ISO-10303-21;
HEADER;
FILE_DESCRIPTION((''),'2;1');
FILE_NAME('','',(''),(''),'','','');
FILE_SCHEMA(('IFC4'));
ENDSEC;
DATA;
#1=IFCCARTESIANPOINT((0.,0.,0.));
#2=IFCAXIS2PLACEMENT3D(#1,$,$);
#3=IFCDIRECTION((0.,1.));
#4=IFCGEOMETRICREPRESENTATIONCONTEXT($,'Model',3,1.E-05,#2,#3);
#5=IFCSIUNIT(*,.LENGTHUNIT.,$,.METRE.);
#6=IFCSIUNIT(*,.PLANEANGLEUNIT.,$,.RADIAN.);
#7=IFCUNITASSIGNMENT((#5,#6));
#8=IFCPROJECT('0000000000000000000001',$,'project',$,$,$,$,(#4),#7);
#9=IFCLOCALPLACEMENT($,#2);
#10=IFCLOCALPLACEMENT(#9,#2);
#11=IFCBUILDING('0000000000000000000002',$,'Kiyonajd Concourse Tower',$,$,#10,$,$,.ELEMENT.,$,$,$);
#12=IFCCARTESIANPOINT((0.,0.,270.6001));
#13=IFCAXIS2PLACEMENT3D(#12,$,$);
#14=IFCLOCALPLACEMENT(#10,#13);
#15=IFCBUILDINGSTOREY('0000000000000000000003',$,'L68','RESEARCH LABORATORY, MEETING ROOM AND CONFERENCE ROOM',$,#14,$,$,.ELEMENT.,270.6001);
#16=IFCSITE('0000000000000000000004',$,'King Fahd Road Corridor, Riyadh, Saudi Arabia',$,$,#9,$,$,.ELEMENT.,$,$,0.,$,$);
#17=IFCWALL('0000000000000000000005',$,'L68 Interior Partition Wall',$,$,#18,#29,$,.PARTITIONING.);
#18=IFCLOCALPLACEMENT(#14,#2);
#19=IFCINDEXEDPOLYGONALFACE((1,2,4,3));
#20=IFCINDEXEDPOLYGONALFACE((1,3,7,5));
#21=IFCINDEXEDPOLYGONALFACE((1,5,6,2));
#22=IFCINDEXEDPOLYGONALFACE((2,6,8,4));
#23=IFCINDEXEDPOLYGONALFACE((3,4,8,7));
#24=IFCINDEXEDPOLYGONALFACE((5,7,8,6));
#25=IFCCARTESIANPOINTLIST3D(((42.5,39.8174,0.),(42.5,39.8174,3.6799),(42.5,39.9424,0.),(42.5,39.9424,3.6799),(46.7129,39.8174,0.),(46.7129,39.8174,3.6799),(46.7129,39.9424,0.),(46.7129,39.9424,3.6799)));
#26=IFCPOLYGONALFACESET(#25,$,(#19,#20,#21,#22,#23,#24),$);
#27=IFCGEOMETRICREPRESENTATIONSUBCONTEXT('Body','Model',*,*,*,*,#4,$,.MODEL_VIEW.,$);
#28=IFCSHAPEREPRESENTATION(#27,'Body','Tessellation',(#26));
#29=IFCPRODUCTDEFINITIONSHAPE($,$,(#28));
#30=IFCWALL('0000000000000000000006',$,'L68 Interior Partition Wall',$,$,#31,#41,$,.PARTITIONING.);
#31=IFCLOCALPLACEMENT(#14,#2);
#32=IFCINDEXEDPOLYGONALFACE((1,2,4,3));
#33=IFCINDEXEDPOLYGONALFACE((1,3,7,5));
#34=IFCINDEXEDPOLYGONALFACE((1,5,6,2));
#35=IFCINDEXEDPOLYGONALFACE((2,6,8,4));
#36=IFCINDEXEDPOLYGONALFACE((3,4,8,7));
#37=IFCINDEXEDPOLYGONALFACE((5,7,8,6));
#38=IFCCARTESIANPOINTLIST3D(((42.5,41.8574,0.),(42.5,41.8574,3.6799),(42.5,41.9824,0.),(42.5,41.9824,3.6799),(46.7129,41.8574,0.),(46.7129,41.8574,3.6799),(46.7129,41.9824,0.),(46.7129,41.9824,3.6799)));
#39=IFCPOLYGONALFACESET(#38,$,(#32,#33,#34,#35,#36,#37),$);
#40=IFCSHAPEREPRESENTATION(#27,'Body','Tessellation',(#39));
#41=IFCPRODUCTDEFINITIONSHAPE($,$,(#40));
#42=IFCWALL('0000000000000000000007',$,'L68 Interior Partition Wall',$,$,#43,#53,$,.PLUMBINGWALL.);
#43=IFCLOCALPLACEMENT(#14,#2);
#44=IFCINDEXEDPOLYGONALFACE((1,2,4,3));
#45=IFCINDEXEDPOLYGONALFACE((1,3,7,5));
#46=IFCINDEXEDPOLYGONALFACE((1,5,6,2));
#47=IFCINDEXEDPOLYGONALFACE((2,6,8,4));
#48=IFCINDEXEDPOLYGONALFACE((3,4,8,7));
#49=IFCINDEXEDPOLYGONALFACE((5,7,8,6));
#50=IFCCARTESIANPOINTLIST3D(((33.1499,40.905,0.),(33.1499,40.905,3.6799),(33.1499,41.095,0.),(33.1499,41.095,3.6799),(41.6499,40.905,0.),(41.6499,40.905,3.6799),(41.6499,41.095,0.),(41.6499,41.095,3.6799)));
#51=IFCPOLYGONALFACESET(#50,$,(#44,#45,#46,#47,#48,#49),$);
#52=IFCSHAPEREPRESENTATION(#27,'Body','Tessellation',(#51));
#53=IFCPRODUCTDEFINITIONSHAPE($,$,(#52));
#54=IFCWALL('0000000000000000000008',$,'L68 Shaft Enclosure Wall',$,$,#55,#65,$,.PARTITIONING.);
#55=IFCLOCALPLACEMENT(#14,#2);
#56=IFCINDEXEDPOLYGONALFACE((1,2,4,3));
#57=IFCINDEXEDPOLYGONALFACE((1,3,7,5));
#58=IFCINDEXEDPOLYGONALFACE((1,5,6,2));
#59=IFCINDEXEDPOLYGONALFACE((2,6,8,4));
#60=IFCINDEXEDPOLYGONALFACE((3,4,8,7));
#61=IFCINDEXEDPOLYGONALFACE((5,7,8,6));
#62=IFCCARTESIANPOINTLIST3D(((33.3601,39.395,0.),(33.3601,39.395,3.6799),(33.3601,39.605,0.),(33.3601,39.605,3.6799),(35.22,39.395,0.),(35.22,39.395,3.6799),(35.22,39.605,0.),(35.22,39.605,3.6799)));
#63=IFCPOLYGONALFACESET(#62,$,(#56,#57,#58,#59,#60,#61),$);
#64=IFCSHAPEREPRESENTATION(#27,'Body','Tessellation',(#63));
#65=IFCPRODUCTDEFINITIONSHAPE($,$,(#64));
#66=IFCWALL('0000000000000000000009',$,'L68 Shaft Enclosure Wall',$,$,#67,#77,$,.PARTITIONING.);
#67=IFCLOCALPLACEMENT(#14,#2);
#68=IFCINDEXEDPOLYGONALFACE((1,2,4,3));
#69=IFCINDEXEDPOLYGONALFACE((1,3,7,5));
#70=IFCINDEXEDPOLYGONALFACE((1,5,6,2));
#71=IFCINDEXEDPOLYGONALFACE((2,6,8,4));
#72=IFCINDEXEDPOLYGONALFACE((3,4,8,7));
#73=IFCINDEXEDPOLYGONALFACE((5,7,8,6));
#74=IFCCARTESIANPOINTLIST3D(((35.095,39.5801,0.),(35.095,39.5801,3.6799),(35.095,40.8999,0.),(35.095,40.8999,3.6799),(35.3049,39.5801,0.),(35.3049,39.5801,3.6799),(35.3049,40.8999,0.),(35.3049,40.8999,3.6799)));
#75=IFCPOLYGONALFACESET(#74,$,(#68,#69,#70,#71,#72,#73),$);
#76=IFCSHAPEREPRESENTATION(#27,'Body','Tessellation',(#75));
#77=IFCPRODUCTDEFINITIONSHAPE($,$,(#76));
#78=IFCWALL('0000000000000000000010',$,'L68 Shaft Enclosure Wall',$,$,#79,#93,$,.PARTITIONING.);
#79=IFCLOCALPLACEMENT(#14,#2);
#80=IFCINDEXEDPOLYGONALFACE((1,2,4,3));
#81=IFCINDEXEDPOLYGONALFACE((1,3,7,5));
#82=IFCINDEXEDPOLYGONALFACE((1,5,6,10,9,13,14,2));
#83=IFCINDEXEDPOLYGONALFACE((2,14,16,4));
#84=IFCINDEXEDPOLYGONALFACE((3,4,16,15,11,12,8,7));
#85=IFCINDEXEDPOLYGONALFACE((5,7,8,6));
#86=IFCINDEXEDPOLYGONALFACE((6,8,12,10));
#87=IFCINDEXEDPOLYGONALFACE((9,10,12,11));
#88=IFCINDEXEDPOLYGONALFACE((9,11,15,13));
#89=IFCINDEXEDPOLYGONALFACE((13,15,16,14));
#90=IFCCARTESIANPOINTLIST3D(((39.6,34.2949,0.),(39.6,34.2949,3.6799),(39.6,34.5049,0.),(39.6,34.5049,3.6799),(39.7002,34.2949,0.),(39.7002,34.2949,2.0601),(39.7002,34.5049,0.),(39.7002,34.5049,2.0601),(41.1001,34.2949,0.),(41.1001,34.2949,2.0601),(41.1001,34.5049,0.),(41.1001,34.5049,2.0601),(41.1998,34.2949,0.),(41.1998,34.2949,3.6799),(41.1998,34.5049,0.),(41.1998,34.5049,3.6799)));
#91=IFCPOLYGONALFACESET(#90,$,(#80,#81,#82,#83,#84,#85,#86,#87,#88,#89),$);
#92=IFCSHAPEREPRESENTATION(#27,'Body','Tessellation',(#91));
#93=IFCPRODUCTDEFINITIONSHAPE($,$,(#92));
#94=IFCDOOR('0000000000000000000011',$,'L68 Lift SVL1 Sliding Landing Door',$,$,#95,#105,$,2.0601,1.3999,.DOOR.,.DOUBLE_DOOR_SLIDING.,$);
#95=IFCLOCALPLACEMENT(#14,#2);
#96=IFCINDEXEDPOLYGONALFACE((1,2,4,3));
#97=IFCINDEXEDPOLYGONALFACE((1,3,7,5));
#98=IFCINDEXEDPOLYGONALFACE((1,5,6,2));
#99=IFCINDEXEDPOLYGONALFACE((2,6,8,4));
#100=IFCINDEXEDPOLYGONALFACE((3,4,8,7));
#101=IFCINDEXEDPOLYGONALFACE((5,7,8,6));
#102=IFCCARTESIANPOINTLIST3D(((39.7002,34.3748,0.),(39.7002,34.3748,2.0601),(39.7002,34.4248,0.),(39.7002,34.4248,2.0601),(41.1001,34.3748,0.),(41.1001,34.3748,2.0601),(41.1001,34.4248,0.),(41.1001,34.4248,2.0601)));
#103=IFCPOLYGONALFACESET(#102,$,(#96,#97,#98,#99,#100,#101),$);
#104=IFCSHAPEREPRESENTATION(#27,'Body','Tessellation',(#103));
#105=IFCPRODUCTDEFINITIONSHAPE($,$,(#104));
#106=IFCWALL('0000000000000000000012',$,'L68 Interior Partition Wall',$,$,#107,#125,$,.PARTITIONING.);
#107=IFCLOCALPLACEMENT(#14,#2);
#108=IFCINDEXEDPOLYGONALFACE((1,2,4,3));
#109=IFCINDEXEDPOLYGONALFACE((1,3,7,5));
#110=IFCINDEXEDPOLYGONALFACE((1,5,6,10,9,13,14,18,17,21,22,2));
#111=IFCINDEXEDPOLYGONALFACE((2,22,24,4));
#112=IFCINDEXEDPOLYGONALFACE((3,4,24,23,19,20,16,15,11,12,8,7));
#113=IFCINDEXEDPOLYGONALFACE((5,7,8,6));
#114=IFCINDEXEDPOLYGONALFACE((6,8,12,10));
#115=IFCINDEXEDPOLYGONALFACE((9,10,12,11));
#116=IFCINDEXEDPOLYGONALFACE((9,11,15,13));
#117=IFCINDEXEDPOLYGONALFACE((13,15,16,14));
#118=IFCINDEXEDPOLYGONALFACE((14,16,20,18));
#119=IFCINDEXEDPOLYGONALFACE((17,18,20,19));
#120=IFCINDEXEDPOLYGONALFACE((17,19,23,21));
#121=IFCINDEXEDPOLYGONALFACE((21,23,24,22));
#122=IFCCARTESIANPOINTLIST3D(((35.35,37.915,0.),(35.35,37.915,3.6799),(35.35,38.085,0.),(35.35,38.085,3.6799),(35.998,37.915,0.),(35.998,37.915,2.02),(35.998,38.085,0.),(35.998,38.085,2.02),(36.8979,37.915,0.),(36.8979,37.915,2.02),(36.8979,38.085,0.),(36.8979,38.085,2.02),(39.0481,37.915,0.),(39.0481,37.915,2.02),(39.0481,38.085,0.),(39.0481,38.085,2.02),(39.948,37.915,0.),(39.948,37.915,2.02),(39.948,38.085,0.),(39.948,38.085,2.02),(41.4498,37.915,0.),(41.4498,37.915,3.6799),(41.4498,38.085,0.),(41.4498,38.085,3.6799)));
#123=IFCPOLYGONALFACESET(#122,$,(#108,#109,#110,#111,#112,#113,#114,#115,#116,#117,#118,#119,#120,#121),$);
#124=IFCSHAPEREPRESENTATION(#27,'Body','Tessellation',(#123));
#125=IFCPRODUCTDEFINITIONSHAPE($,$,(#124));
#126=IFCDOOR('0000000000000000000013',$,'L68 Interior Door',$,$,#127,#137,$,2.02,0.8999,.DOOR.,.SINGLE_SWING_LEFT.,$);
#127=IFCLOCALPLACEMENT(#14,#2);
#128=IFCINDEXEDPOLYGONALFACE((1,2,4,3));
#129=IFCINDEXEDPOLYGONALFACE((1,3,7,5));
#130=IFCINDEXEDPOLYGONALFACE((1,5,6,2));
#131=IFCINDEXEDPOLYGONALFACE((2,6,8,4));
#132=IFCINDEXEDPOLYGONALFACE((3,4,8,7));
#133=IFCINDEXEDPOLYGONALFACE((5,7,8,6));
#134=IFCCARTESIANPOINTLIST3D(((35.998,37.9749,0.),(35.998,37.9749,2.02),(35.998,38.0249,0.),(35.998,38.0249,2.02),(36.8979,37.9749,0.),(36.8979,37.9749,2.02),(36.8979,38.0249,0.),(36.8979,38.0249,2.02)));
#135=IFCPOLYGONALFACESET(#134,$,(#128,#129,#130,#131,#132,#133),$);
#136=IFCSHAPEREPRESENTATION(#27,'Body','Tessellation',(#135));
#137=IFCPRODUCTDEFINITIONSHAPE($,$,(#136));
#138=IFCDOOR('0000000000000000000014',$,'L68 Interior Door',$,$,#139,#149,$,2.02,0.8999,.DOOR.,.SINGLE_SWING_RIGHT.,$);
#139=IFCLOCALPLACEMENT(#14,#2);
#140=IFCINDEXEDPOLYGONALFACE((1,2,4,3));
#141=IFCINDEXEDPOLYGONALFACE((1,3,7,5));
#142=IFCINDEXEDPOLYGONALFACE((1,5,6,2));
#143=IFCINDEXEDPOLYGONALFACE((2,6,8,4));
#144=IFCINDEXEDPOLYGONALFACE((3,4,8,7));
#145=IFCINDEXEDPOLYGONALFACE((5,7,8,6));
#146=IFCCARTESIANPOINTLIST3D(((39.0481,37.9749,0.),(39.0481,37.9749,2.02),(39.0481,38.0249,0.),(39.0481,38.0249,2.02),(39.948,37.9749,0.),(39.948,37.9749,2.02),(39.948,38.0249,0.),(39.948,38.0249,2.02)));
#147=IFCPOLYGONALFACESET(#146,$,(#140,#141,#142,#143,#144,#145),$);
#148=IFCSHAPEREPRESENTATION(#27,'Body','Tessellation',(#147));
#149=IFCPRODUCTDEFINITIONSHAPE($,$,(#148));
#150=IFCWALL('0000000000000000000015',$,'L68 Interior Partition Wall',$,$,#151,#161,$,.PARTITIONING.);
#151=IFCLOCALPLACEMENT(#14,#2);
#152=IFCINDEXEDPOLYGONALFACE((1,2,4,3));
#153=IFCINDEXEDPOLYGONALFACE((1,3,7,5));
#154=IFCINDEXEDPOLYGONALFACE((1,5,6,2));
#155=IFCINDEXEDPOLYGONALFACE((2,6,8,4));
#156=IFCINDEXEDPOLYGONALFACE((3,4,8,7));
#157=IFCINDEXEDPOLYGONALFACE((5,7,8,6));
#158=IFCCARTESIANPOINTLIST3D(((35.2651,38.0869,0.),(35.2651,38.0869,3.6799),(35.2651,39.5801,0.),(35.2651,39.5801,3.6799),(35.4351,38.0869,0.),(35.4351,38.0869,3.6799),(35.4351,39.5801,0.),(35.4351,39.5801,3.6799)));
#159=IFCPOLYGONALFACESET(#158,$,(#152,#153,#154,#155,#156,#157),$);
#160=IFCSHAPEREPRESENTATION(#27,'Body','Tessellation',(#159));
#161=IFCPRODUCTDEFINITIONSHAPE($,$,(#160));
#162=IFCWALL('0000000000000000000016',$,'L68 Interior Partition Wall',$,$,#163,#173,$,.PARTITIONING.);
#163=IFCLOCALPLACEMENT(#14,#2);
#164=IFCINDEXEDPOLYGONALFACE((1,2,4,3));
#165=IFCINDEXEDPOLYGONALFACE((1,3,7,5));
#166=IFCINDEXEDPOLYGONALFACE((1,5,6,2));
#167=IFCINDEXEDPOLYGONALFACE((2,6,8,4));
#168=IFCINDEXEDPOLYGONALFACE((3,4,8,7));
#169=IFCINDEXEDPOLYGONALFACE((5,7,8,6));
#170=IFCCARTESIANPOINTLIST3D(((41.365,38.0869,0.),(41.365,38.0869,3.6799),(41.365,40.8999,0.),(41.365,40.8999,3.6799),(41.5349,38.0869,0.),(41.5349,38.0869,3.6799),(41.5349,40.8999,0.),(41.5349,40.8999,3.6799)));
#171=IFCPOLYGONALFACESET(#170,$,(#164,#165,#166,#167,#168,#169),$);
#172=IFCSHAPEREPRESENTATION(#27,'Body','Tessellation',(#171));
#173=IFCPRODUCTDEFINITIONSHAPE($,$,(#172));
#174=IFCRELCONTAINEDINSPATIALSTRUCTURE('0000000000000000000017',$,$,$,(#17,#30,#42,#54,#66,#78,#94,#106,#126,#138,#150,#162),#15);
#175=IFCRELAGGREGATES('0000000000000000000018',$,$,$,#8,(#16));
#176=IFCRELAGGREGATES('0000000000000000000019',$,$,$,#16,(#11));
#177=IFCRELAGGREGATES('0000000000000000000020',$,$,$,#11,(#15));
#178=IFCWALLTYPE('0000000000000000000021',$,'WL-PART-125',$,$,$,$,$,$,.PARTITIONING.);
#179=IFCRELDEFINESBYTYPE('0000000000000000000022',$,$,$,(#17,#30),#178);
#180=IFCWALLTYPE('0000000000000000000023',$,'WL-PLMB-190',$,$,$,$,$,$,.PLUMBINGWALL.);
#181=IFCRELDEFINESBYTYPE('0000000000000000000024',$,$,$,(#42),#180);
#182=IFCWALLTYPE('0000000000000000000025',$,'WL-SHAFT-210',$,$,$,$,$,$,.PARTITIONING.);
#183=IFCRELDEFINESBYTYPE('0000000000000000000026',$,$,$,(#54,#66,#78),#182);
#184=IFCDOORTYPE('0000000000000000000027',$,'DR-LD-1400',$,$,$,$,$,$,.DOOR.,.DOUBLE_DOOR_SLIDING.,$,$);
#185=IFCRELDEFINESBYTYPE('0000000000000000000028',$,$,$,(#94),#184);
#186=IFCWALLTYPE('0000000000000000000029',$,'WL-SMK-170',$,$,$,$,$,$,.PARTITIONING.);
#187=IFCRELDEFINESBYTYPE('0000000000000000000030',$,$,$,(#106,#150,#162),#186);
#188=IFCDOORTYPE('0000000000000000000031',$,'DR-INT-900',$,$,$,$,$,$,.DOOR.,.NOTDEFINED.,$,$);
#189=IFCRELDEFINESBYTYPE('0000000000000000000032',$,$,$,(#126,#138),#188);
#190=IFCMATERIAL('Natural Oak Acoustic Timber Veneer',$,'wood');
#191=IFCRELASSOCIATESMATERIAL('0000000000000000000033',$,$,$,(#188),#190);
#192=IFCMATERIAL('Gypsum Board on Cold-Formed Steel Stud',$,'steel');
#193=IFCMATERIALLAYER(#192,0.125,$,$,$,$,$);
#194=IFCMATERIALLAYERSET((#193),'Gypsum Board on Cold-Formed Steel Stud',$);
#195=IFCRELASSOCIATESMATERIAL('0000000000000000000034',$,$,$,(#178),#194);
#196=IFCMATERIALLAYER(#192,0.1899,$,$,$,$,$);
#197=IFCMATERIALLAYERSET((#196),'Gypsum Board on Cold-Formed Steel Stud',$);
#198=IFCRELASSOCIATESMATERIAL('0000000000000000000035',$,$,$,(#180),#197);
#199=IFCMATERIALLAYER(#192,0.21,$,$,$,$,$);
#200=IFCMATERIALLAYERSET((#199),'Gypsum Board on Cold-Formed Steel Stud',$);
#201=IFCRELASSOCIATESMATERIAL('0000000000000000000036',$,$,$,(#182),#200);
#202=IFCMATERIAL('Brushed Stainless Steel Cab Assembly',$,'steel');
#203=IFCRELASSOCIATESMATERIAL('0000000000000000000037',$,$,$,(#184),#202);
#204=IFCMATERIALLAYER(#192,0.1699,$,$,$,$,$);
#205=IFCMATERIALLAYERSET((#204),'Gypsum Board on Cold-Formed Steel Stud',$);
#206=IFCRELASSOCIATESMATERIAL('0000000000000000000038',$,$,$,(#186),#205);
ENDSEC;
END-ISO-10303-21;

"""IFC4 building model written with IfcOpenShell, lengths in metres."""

from ifc_helpers import new_model, si_unit, direction, frame, frame_2d, origin, place, context, subcontext, project, spatial, rectangle, extrude, material, layer, layer_set, type_object, element, fill, save


model = new_model("IFC4")

# Units and contexts
model_context = context("Model", 3, precision=1e-05, world=origin(), true_north=direction((0.0, 1.0)))
body_context = subcontext(model_context, "Body", "Model", "MODEL_VIEW")
ifc_project = project(units=[si_unit("LENGTHUNIT", "METRE"), si_unit("PLANEANGLEUNIT", "RADIAN")], contexts=[model_context])

# Site, building, storey
site_placement = place(None, origin())
site = spatial("IfcSite", under=ifc_project, at=site_placement, Name="King Fahd Road Corridor, Riyadh, Saudi Arabia", CompositionType="ELEMENT", RefElevation=0.0)
building_placement = place(site_placement, origin())
building = spatial("IfcBuilding", under=site, at=building_placement, Name="Kiyonajd Concourse Tower", CompositionType="ELEMENT")
storey_placement = place(building_placement, frame((0.0, 0.0, 270.6001)))
storey = spatial("IfcBuildingStorey", under=building, at=storey_placement, Name="L68", Description="RESEARCH LABORATORY, MEETING ROOM AND CONFERENCE ROOM", CompositionType="ELEMENT", Elevation=270.6001)

# Shared definitions
ifc_material_1 = material(Name="Natural Oak Acoustic Timber Veneer", Category="wood")
door_type_1 = type_object("IfcDoorType", Name="DR-INT-900", OperationType="NOTDEFINED", PredefinedType="DOOR", material=ifc_material_1)

# Walls
ifc_material_2 = material(Name="Gypsum Board on Cold-Formed Steel Stud", Category="steel")
ifc_layer_1 = layer(ifc_material_2, 0.125)
ifc_layer_set_1 = layer_set([ifc_layer_1], Name="Gypsum Board on Cold-Formed Steel Stud")
wall_type_1 = type_object("IfcWallType", Name="WL-PART-125", PredefinedType="PARTITIONING", material=ifc_layer_set_1)
for number, where, z_axis, x_axis, name in (
    (1, (42.5, 39.8799, 0.0), (0.0, 0.0, 1.0), (1.0, 0.0, 0.0), "L68 Interior Partition Wall"),
    (2, (42.5, 41.9199, 0.0), (0.0, 0.0, 1.0), (1.0, 0.0, 0.0), "L68 Interior Partition Wall"),
):
    element("IfcWall", number, at=place(storey_placement, frame(where, z_axis=z_axis, x_axis=x_axis)), inside=storey, type_object=wall_type_1, Name=name, PredefinedType="PARTITIONING", context=body_context, shape_type="SweptSolid", body=[
        extrude(rectangle(XDim=4.2129, YDim=0.125, at=frame_2d((2.1064, 0.0))), origin(), (0.0, 0.0, 1.0), 3.6799),
    ])
ifc_layer_2 = layer(ifc_material_2, 0.1899)
ifc_layer_set_2 = layer_set([ifc_layer_2], Name="Gypsum Board on Cold-Formed Steel Stud")
wall_type_2 = type_object("IfcWallType", Name="WL-PLMB-190", PredefinedType="PLUMBINGWALL", material=ifc_layer_set_2)
wall_1_placement = place(storey_placement, frame((33.1499, 41.0, 0.0), z_axis=(0.0, 0.0, 1.0), x_axis=(1.0, 0.0, 0.0)))
element("IfcWall", 3, at=wall_1_placement, inside=storey, type_object=wall_type_2, Name="L68 Interior Partition Wall", PredefinedType="PLUMBINGWALL", context=body_context, shape_type="SweptSolid", body=[
    extrude(rectangle(XDim=8.5, YDim=0.1899, at=frame_2d((4.25, 0.0))), origin(), (0.0, 0.0, 1.0), 3.6799),
])
ifc_layer_3 = layer(ifc_material_2, 0.21)
ifc_layer_set_3 = layer_set([ifc_layer_3], Name="Gypsum Board on Cold-Formed Steel Stud")
wall_type_3 = type_object("IfcWallType", Name="WL-SHAFT-210", PredefinedType="PARTITIONING", material=ifc_layer_set_3)
wall_2_placement = place(storey_placement, frame((33.3601, 39.5, 0.0), z_axis=(0.0, 0.0, 1.0), x_axis=(1.0, 0.0, 0.0)))
element("IfcWall", 4, at=wall_2_placement, inside=storey, type_object=wall_type_3, Name="L68 Shaft Enclosure Wall", PredefinedType="PARTITIONING", context=body_context, shape_type="SweptSolid", body=[
    extrude(rectangle(XDim=1.8599, YDim=0.21, at=frame_2d((0.9299, 0.0))), origin(), (0.0, 0.0, 1.0), 3.6799),
])
wall_3_placement = place(storey_placement, frame((35.2, 39.5801, 0.0), z_axis=(0.0, 0.0, 1.0), x_axis=(0.0, 1.0, 0.0)))
element("IfcWall", 5, at=wall_3_placement, inside=storey, type_object=wall_type_3, Name="L68 Shaft Enclosure Wall", PredefinedType="PARTITIONING", context=body_context, shape_type="SweptSolid", body=[
    extrude(rectangle(XDim=1.3198, YDim=0.21, at=frame_2d((0.6599, 0.0))), origin(), (0.0, 0.0, 1.0), 3.6799),
])

# Wall, opening, door
wall_4_placement = place(storey_placement, frame((39.6001, 34.3999, 0.0), z_axis=(0.0, 0.0, 1.0), x_axis=(1.0, 0.0, 0.0)))
wall_4 = element("IfcWall", 6, at=wall_4_placement, inside=storey, type_object=wall_type_3, Name="L68 Shaft Enclosure Wall", PredefinedType="PARTITIONING", context=body_context, shape_type="SweptSolid", body=[
    extrude(rectangle(XDim=1.5999, YDim=0.21, at=frame_2d((0.7998, 0.0))), origin(), (0.0, 0.0, 1.0), 3.6799),
])
opening_1_placement = place(wall_4_placement, frame((0.1001, 0.0, 0.0)))
opening_1 = element("IfcOpeningElement", 7, at=opening_1_placement, cuts=wall_4, PredefinedType="OPENING", context=body_context, shape_type="SweptSolid", body=[
    extrude(rectangle(XDim=1.3999, YDim=2.0601, at=frame_2d((0.7, 1.03))), frame((0.0, 0.115, 0.0), z_axis=(0.0, -1.0, 0.0), x_axis=(1.0, 0.0, 0.0)), (0.0, 0.0, 1.0), 0.23),
])
ifc_material_3 = material(Name="Brushed Stainless Steel Cab Assembly", Category="steel")
door_type_2 = type_object("IfcDoorType", Name="DR-LD-1400", OperationType="DOUBLE_DOOR_SLIDING", PredefinedType="DOOR", material=ifc_material_3)
door_1_placement = place(opening_1_placement, origin())
door_1 = element("IfcDoor", 8, at=door_1_placement, inside=storey, type_object=door_type_2, Name="L68 Lift SVL1 Sliding Landing Door", OperationType="DOUBLE_DOOR_SLIDING", OverallHeight=2.0601, OverallWidth=1.3999, PredefinedType="DOOR", context=body_context, shape_type="SweptSolid", body=[
    extrude(rectangle(XDim=1.3999, YDim=2.0601, at=frame_2d((0.7, 1.03))), frame((0.0, 0.0249, 0.0), z_axis=(0.0, -1.0, 0.0), x_axis=(1.0, 0.0, 0.0)), (0.0, 0.0, 1.0), 0.05),
])
fill(opening_1, door_1)

# Wall, openings, doors
ifc_layer_4 = layer(ifc_material_2, 0.1699)
ifc_layer_set_4 = layer_set([ifc_layer_4], Name="Gypsum Board on Cold-Formed Steel Stud")
wall_type_4 = type_object("IfcWallType", Name="WL-SMK-170", PredefinedType="PARTITIONING", material=ifc_layer_set_4)
wall_5_placement = place(storey_placement, frame((35.3501, 38.0, 0.0), z_axis=(0.0, 0.0, 1.0), x_axis=(1.0, 0.0, 0.0)))
wall_5 = element("IfcWall", 9, at=wall_5_placement, inside=storey, type_object=wall_type_4, Name="L68 Interior Partition Wall", PredefinedType="PARTITIONING", context=body_context, shape_type="SweptSolid", body=[
    extrude(rectangle(XDim=6.0999, YDim=0.1699, at=frame_2d((3.0498, 0.0))), origin(), (0.0, 0.0, 1.0), 3.6799),
])
opening_2_placement = place(wall_5_placement, frame((0.6479, 0.0, 0.0)))
opening_2 = element("IfcOpeningElement", 10, at=opening_2_placement, cuts=wall_5, PredefinedType="OPENING", context=body_context, shape_type="SweptSolid", body=[
    extrude(rectangle(XDim=0.8999, YDim=2.02, at=frame_2d((0.45, 1.01))), frame((0.0, 0.095, 0.0), z_axis=(0.0, -1.0, 0.0), x_axis=(1.0, 0.0, 0.0)), (0.0, 0.0, 1.0), 0.1899),
])
opening_3_placement = place(wall_5_placement, frame((3.698, 0.0, 0.0)))
opening_3 = element("IfcOpeningElement", 11, at=opening_3_placement, cuts=wall_5, PredefinedType="OPENING", context=body_context, shape_type="SweptSolid", body=[
    extrude(rectangle(XDim=0.8999, YDim=2.02, at=frame_2d((0.45, 1.01))), frame((0.0, 0.095, 0.0), z_axis=(0.0, -1.0, 0.0), x_axis=(1.0, 0.0, 0.0)), (0.0, 0.0, 1.0), 0.1899),
])
door_2_placement = place(opening_2_placement, origin())
door_2 = element("IfcDoor", 12, at=door_2_placement, inside=storey, type_object=door_type_1, Name="L68 Interior Door", OperationType="SINGLE_SWING_LEFT", OverallHeight=2.02, OverallWidth=0.8999, PredefinedType="DOOR", context=body_context, shape_type="SweptSolid", body=[
    extrude(rectangle(XDim=0.8999, YDim=2.02, at=frame_2d((0.45, 1.01))), frame((0.0, 0.0249, 0.0), z_axis=(0.0, -1.0, 0.0), x_axis=(1.0, 0.0, 0.0)), (0.0, 0.0, 1.0), 0.05),
])
fill(opening_2, door_2)
door_3_placement = place(opening_3_placement, origin())
door_3 = element("IfcDoor", 13, at=door_3_placement, inside=storey, type_object=door_type_1, Name="L68 Interior Door", OperationType="SINGLE_SWING_RIGHT", OverallHeight=2.02, OverallWidth=0.8999, PredefinedType="DOOR", context=body_context, shape_type="SweptSolid", body=[
    extrude(rectangle(XDim=0.8999, YDim=2.02, at=frame_2d((0.45, 1.01))), frame((0.0, 0.0249, 0.0), z_axis=(0.0, -1.0, 0.0), x_axis=(1.0, 0.0, 0.0)), (0.0, 0.0, 1.0), 0.05),
])
fill(opening_3, door_3)

# Walls
wall_6_placement = place(storey_placement, frame((35.3501, 38.0869, 0.0), z_axis=(0.0, 0.0, 1.0), x_axis=(0.0, 1.0, 0.0)))
element("IfcWall", 14, at=wall_6_placement, inside=storey, type_object=wall_type_4, Name="L68 Interior Partition Wall", PredefinedType="PARTITIONING", context=body_context, shape_type="SweptSolid", body=[
    extrude(rectangle(XDim=1.4932, YDim=0.1699, at=frame_2d((0.7466, 0.0))), origin(), (0.0, 0.0, 1.0), 3.6799),
])
wall_7_placement = place(storey_placement, frame((41.45, 38.0869, 0.0), z_axis=(0.0, 0.0, 1.0), x_axis=(0.0, 1.0, 0.0)))
element("IfcWall", 15, at=wall_7_placement, inside=storey, type_object=wall_type_4, Name="L68 Interior Partition Wall", PredefinedType="PARTITIONING", context=body_context, shape_type="SweptSolid", body=[
    extrude(rectangle(XDim=2.813, YDim=0.1699, at=frame_2d((1.4065, 0.0))), origin(), (0.0, 0.0, 1.0), 3.6799),
])

save(model, "model.ifc")
